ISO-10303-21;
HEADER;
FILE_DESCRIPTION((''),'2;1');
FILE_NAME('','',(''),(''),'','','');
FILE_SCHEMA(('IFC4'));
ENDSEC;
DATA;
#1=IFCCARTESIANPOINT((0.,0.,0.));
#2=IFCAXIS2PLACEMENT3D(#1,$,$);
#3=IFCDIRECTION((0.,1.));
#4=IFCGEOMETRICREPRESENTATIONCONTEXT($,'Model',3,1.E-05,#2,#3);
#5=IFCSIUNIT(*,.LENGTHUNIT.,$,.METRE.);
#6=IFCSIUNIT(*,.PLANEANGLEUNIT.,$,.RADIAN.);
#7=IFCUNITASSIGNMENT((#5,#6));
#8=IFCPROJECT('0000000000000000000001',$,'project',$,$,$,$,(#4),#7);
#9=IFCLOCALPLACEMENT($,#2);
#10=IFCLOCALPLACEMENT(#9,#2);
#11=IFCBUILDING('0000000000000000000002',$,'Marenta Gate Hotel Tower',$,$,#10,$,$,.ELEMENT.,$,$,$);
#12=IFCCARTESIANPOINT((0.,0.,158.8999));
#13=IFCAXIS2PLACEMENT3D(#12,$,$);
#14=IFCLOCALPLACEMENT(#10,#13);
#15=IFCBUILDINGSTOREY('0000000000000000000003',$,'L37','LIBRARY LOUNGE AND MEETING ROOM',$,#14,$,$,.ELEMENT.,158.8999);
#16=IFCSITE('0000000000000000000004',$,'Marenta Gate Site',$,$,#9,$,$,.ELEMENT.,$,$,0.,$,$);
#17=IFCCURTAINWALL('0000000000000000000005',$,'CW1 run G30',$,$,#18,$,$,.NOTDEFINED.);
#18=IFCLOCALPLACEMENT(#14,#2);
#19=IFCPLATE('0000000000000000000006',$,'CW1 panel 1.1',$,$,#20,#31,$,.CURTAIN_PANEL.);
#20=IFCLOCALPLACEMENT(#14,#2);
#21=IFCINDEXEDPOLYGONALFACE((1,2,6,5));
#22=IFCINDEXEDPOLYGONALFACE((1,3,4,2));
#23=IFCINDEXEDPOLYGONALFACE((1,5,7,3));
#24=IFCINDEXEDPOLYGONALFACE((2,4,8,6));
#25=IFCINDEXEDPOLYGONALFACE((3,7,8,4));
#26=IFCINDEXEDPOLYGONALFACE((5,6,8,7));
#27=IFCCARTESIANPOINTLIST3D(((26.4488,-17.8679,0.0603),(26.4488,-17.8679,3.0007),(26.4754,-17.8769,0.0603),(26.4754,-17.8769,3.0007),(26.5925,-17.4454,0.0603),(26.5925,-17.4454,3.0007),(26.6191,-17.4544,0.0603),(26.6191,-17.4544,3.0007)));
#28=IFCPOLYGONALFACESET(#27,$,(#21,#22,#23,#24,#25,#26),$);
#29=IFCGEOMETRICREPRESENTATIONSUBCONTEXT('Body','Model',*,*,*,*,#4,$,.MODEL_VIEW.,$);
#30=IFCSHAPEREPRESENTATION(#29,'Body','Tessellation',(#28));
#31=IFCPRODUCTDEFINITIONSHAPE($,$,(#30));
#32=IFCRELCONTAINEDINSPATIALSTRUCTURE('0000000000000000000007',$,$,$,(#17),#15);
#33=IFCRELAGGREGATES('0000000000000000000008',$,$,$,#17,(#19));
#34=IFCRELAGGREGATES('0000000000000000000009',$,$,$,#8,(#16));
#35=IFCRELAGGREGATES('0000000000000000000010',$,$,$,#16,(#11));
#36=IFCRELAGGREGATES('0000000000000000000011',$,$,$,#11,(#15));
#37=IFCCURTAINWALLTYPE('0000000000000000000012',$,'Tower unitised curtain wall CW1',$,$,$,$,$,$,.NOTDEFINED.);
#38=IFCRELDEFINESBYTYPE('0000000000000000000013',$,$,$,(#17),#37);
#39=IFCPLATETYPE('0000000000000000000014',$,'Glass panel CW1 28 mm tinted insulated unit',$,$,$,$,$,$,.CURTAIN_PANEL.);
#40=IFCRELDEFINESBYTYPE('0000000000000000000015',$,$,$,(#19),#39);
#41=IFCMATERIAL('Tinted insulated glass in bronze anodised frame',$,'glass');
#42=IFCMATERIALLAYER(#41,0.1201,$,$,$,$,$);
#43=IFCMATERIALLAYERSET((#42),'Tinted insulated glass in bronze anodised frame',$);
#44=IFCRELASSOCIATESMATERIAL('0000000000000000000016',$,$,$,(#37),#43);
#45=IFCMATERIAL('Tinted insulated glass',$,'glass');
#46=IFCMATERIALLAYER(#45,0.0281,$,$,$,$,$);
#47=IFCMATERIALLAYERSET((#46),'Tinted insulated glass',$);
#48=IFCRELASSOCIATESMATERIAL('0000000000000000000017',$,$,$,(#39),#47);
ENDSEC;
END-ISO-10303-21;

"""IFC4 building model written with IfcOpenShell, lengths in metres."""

from ifc_helpers import new_model, si_unit, direction, frame, origin, origin_2d, place, context, subcontext, project, spatial, rectangle, extrude, material, layer, layer_set, type_object, element, aggregate, save


model = new_model("IFC4")

# Units and contexts
model_context = context("Model", 3, precision=1e-05, world=origin(), true_north=direction((0.0, 1.0)))
body_context = subcontext(model_context, "Body", "Model", "MODEL_VIEW")
ifc_project = project(units=[si_unit("LENGTHUNIT", "METRE"), si_unit("PLANEANGLEUNIT", "RADIAN")], contexts=[model_context])

# Site, building, storey
site_placement = place(None, origin())
site = spatial("IfcSite", under=ifc_project, at=site_placement, Name="Marenta Gate Site", CompositionType="ELEMENT", RefElevation=0.0)
building_placement = place(site_placement, origin())
building = spatial("IfcBuilding", under=site, at=building_placement, Name="Marenta Gate Hotel Tower", CompositionType="ELEMENT")
storey_placement = place(building_placement, frame((0.0, 0.0, 158.8999)))
storey = spatial("IfcBuildingStorey", under=building, at=storey_placement, Name="L37", Description="LIBRARY LOUNGE AND MEETING ROOM", CompositionType="ELEMENT", Elevation=158.8999)

# Curtain wall
ifc_material_1 = material(Name="Tinted insulated glass in bronze anodised frame", Category="glass")
ifc_layer_1 = layer(ifc_material_1, 0.1201)
ifc_layer_set_1 = layer_set([ifc_layer_1], Name="Tinted insulated glass in bronze anodised frame")
curtain_wall_type = type_object("IfcCurtainWallType", Name="Tower unitised curtain wall CW1", PredefinedType="NOTDEFINED", material=ifc_layer_set_1)
curtain_wall_1_placement = place(storey_placement, origin())
curtain_wall_1 = element("IfcCurtainWall", 1, at=curtain_wall_1_placement, inside=storey, type_object=curtain_wall_type, Name="CW1 run G30", PredefinedType="NOTDEFINED")

# Shared definitions
ifc_material_2 = material(Name="Tinted insulated glass", Category="glass")
ifc_layer_2 = layer(ifc_material_2, 0.0281)
ifc_layer_set_2 = layer_set([ifc_layer_2], Name="Tinted insulated glass")
plate_type = type_object("IfcPlateType", Name="Glass panel CW1 28 mm tinted insulated unit", PredefinedType="CURTAIN_PANEL", material=ifc_layer_set_2)

# Plate
plate_1_placement = place(storey_placement, frame((26.5339, -17.6611, 0.0603), z_axis=(0.0, 0.0, 1.0), x_axis=(0.32203, 0.946729, 0.0)))
plate_1 = element("IfcPlate", 2, at=plate_1_placement, type_object=plate_type, Name="CW1 panel 1.1", PredefinedType="CURTAIN_PANEL", context=body_context, shape_type="SweptSolid", body=[
    extrude(rectangle(XDim=0.4463, YDim=0.0281, at=origin_2d()), origin(), (0.0, 0.0, 1.0), 2.9404),
])
aggregate(curtain_wall_1, [plate_1])

save(model, "model.ifc")
